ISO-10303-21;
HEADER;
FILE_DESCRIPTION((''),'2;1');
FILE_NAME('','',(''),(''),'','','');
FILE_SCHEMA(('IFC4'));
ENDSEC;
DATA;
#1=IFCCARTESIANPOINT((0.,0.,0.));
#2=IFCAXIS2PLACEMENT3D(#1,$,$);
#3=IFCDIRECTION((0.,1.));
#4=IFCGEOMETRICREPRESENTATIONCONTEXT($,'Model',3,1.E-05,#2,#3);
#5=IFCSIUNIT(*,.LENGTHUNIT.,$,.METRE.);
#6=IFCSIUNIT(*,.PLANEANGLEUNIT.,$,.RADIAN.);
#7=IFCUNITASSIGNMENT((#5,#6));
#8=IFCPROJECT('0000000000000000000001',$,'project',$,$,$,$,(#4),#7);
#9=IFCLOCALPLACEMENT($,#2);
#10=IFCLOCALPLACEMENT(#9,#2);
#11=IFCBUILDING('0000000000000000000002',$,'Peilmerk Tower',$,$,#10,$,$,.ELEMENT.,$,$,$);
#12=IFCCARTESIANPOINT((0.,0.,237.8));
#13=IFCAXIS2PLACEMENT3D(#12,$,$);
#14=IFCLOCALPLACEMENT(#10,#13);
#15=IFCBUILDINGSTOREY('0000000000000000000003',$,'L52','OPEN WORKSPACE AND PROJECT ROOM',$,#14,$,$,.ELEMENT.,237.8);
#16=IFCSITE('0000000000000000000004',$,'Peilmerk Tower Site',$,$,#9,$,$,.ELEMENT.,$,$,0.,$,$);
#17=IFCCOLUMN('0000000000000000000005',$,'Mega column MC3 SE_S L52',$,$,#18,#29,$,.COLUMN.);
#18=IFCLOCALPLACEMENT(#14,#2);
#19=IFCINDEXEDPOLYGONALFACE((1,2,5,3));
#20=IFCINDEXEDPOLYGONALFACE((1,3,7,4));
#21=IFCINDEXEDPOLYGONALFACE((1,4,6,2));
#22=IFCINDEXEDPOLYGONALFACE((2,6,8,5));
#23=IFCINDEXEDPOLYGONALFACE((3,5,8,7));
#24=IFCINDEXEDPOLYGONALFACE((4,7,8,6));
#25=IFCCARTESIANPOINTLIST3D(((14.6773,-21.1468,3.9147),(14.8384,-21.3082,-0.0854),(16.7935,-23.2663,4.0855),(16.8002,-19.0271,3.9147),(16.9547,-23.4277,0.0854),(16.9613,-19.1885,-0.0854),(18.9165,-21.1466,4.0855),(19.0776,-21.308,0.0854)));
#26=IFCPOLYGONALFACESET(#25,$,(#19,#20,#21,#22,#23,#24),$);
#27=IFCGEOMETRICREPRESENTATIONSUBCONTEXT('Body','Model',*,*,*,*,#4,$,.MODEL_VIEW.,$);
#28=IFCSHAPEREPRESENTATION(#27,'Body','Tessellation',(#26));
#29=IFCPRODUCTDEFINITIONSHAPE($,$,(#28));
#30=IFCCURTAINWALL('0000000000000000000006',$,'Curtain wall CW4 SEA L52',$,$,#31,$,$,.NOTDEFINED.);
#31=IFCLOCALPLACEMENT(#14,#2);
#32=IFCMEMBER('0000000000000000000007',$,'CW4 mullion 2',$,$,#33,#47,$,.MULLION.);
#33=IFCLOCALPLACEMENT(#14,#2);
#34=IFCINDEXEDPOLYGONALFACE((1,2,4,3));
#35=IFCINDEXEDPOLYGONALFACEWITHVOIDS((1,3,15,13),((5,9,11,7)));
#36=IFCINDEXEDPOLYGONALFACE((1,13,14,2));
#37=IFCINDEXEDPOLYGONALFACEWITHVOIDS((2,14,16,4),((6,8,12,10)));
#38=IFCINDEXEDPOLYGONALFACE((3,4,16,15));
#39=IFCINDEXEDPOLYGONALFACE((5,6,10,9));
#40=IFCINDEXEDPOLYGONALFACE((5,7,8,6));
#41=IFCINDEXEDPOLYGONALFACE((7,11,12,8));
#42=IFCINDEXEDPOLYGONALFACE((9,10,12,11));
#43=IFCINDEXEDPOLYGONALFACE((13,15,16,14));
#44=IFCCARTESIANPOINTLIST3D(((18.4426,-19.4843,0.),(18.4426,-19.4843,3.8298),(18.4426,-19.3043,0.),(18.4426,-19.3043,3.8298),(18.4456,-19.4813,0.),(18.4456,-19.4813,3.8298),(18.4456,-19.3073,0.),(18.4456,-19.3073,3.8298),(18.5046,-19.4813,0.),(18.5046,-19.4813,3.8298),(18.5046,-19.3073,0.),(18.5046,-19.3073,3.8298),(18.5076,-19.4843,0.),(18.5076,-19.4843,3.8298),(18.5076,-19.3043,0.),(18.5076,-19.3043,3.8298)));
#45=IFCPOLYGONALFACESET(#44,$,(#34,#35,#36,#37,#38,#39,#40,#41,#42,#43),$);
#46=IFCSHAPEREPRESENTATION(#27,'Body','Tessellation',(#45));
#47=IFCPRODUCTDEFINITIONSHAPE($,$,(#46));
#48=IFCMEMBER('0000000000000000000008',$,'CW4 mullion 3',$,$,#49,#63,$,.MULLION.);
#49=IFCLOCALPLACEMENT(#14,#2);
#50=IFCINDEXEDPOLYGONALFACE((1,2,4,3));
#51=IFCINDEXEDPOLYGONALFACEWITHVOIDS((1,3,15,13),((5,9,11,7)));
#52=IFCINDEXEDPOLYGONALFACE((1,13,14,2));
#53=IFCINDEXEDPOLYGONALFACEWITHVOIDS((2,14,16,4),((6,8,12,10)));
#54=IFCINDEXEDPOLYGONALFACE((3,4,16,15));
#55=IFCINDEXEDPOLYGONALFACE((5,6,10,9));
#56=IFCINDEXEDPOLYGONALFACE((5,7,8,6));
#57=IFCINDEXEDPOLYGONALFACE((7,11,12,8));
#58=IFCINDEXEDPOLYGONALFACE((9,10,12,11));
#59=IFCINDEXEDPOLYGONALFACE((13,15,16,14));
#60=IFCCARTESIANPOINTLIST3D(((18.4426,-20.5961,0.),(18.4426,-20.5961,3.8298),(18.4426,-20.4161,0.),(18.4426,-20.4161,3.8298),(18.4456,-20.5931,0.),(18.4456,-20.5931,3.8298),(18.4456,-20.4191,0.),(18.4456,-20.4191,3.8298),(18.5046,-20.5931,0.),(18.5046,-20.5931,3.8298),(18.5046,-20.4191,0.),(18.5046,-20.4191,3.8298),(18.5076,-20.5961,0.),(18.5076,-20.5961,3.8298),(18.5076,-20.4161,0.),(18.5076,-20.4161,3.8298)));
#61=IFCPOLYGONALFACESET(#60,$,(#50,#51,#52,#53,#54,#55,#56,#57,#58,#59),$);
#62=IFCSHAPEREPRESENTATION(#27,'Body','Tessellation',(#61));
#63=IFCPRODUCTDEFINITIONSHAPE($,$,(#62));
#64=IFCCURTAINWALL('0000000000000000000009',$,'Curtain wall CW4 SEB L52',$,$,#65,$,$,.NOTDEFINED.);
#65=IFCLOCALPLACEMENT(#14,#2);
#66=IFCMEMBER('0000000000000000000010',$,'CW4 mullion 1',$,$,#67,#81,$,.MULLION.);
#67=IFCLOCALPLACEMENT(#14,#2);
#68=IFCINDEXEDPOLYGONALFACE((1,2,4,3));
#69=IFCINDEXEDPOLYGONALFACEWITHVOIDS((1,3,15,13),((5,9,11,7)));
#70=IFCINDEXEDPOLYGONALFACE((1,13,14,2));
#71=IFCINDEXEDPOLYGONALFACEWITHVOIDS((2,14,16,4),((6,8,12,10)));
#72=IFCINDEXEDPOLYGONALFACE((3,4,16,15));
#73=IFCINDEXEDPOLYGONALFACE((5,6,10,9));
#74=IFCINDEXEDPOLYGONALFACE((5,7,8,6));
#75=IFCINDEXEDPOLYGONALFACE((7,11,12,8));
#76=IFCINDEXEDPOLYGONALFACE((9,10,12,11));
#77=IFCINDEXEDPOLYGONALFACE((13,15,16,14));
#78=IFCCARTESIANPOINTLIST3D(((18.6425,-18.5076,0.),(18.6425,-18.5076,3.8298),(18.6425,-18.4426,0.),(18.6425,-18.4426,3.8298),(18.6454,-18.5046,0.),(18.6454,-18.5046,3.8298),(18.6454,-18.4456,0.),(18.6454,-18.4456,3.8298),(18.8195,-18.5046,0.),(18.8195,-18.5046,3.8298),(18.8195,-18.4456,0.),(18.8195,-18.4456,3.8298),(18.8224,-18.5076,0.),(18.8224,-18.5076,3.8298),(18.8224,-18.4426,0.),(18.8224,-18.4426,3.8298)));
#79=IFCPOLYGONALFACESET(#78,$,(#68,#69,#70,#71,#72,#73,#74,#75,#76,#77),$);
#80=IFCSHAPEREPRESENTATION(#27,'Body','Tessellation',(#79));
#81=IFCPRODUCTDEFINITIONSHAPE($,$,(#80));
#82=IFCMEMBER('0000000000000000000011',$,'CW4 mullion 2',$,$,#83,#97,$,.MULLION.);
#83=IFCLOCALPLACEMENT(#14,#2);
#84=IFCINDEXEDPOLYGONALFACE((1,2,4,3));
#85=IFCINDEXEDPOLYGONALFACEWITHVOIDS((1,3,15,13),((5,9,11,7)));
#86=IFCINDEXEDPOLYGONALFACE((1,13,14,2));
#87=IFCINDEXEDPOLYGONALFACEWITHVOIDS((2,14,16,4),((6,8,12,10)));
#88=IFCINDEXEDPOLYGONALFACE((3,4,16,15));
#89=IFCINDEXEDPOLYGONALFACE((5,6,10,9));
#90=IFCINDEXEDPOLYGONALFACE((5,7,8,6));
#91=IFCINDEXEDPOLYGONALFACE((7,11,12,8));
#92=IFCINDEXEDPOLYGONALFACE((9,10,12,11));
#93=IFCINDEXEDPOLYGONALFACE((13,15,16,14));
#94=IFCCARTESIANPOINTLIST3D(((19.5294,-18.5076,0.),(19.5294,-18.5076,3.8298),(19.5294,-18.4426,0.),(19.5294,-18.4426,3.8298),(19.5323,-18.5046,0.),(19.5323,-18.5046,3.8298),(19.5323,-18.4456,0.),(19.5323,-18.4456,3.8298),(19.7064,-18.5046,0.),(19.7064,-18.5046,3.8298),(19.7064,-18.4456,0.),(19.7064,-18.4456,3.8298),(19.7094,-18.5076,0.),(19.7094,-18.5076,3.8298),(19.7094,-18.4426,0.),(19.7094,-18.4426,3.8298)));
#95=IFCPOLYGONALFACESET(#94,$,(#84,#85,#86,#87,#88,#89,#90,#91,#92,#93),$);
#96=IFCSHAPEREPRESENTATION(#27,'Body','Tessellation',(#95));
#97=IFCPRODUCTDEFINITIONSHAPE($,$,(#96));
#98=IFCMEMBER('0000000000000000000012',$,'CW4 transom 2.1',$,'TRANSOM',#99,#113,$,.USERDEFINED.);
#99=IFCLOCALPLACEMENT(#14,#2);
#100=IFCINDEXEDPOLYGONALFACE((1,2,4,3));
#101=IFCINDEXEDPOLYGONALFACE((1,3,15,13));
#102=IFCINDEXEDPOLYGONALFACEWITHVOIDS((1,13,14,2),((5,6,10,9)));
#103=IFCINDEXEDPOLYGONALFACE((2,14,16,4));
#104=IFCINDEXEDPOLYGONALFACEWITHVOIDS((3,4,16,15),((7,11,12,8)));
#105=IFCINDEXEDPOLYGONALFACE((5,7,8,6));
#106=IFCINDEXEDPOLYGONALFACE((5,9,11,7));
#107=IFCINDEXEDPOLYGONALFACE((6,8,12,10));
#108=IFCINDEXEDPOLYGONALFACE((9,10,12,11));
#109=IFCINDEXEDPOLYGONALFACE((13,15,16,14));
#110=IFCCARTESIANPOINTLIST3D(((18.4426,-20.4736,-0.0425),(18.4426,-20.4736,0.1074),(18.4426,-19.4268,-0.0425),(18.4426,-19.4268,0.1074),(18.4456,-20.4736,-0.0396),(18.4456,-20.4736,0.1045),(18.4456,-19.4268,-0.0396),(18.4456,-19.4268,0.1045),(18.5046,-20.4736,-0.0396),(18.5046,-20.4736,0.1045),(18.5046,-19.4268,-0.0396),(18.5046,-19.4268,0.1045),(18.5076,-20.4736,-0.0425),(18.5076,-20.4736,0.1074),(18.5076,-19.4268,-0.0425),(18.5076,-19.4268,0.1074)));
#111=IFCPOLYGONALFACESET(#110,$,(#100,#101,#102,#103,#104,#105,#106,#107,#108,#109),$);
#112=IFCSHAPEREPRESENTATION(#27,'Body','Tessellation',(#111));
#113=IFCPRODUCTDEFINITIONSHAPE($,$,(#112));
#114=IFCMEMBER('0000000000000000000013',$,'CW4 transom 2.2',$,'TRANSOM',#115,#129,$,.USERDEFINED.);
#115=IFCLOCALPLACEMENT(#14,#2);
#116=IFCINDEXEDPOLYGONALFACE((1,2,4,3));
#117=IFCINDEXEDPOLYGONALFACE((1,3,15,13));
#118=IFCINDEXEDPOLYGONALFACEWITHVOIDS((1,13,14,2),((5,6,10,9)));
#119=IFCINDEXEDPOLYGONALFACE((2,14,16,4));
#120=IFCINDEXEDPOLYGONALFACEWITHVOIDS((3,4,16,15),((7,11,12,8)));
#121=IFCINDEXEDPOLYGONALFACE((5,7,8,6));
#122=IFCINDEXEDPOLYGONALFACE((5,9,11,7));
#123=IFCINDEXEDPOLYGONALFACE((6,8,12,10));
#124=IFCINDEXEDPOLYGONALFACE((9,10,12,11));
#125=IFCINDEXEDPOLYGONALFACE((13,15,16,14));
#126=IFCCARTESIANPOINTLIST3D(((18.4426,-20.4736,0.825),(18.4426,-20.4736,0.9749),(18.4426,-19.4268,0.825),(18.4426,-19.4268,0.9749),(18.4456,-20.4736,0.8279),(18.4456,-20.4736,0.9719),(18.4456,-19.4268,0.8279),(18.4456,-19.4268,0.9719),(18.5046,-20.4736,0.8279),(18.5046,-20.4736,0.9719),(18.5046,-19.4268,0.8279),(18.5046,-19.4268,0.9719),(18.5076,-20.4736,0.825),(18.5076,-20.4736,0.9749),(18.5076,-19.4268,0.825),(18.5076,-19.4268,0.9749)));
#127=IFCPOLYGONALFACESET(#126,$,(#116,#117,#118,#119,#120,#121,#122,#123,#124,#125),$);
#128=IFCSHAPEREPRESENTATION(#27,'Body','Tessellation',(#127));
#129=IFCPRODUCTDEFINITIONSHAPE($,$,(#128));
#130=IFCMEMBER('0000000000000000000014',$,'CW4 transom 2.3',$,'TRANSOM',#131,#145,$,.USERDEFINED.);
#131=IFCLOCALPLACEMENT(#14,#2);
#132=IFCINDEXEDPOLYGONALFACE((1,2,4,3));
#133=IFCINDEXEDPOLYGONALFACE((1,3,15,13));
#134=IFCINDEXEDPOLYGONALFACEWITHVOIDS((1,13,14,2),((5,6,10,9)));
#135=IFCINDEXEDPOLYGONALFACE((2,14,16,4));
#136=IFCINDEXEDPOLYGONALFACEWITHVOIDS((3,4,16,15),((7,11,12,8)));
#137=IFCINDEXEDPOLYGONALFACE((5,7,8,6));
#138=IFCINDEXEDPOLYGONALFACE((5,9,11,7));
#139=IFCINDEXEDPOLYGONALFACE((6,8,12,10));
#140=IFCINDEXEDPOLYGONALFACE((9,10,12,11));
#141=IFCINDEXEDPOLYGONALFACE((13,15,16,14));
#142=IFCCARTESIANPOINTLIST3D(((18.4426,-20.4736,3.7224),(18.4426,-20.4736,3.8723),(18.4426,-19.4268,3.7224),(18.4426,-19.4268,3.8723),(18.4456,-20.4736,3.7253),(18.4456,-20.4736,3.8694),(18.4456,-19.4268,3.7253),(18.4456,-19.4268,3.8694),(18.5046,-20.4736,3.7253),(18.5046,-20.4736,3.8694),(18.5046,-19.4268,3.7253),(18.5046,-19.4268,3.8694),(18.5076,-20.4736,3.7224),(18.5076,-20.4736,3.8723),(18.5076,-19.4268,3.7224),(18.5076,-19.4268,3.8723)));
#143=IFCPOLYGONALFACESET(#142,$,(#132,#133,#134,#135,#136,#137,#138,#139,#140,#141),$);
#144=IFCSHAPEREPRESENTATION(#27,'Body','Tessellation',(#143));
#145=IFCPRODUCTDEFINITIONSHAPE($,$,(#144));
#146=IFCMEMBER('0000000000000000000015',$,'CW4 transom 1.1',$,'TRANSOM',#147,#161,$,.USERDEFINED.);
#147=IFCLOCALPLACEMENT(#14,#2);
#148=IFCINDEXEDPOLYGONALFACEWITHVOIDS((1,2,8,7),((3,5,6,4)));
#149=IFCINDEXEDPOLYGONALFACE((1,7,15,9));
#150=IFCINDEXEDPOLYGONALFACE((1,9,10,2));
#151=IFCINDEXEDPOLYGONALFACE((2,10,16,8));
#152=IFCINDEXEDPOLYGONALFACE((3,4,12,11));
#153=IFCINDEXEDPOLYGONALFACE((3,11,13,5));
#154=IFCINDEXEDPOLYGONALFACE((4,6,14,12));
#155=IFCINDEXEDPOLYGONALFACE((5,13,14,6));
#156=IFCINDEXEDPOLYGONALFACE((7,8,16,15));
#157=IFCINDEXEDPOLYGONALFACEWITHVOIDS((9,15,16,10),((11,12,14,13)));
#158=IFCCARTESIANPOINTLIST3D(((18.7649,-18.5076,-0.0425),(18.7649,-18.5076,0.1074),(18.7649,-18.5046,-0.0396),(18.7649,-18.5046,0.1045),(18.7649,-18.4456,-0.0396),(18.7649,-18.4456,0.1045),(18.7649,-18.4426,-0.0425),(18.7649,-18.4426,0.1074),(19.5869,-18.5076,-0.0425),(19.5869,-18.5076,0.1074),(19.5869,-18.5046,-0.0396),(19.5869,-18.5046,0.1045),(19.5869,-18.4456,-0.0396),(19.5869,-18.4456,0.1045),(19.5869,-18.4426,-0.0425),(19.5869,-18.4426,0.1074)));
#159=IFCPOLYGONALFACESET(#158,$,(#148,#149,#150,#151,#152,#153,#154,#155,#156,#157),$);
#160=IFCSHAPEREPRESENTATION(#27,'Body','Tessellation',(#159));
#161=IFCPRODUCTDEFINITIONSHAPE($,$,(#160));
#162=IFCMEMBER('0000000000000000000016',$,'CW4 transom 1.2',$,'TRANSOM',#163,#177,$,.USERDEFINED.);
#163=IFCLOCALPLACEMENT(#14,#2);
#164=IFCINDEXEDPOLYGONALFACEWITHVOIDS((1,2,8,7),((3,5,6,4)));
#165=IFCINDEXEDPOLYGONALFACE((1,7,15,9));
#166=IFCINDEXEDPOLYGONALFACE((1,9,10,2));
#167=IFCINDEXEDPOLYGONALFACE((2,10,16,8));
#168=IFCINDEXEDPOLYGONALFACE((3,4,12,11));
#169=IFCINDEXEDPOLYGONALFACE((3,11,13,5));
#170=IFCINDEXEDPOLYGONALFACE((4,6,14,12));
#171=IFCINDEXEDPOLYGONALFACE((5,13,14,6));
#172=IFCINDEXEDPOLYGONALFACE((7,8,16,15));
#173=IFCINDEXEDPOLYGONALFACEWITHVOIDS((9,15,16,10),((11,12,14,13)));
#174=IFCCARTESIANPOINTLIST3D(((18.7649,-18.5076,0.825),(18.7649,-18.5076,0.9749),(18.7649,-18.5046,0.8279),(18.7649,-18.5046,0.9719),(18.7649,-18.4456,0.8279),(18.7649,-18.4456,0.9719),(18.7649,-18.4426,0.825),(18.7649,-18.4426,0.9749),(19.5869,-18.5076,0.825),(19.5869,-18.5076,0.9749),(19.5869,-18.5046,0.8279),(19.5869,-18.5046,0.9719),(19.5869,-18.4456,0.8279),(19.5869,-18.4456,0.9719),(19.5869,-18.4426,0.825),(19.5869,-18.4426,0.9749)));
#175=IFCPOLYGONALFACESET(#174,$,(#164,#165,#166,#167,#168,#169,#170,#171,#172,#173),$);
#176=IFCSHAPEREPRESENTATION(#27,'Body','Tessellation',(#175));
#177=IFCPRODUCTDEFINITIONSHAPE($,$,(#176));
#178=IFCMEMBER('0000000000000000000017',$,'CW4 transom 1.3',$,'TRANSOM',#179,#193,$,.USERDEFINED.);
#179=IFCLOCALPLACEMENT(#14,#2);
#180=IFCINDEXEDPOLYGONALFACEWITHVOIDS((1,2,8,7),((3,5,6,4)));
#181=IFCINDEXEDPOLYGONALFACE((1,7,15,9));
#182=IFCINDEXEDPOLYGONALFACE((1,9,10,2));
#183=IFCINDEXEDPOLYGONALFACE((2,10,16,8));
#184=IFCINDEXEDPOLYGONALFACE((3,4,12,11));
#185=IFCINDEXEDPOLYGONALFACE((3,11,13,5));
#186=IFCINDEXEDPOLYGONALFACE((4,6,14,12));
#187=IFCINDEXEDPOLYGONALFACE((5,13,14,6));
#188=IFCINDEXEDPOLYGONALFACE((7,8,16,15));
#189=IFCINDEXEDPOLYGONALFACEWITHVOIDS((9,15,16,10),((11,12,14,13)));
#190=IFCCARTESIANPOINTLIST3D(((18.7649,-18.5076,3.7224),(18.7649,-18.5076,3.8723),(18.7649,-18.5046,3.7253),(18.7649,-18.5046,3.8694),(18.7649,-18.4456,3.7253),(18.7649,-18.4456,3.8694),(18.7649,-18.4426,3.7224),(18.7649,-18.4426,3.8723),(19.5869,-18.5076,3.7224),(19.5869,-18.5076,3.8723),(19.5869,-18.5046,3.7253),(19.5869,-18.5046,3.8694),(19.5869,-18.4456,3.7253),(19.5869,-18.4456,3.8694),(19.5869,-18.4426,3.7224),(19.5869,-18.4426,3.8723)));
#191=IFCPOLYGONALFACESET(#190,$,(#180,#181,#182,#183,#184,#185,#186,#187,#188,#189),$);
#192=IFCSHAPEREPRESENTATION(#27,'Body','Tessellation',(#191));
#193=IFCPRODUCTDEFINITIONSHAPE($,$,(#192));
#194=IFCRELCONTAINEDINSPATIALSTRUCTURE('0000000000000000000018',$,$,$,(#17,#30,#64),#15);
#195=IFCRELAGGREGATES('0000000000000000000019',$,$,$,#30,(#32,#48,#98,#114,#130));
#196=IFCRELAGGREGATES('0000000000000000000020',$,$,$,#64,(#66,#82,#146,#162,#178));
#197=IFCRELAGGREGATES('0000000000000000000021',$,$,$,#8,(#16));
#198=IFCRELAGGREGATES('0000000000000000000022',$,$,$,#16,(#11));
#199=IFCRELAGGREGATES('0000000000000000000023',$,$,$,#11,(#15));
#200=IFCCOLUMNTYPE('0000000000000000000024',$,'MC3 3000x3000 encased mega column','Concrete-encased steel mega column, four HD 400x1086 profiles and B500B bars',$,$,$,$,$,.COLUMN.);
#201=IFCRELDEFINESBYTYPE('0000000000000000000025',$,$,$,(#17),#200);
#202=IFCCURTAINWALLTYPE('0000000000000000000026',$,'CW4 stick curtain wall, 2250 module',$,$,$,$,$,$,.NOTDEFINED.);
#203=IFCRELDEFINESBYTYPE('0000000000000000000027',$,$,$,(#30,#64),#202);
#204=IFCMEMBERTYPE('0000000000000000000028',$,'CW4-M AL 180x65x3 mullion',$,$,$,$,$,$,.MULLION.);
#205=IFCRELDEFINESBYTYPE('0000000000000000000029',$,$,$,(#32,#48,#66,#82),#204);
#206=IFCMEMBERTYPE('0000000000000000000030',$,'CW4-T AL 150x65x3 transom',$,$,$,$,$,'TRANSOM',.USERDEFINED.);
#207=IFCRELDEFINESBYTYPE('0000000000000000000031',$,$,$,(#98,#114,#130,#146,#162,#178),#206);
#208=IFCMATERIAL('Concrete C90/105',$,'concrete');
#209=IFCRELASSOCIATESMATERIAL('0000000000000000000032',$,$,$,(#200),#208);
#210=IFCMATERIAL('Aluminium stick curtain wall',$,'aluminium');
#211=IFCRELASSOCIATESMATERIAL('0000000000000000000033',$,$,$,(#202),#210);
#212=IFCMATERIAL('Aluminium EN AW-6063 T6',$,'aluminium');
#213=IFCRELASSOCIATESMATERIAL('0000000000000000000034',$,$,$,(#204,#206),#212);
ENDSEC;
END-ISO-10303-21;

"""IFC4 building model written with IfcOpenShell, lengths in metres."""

from ifc_helpers import new_model, si_unit, direction, frame, origin, origin_2d, place, context, subcontext, project, spatial, rectangle, hollow_rectangle, extrude, material, material_profile, profile_set, type_object, element, aggregate, save


model = new_model("IFC4")

# Units and contexts
model_context = context("Model", 3, precision=1e-05, world=origin(), true_north=direction((0.0, 1.0)))
body_context = subcontext(model_context, "Body", "Model", "MODEL_VIEW")
ifc_project = project(units=[si_unit("LENGTHUNIT", "METRE"), si_unit("PLANEANGLEUNIT", "RADIAN")], contexts=[model_context])

# Site, building, storey
site_placement = place(None, origin())
site = spatial("IfcSite", under=ifc_project, at=site_placement, Name="Peilmerk Tower Site", CompositionType="ELEMENT", RefElevation=0.0)
building_placement = place(site_placement, origin())
building = spatial("IfcBuilding", under=site, at=building_placement, Name="Peilmerk Tower", CompositionType="ELEMENT")
storey_placement = place(building_placement, frame((0.0, 0.0, 237.8)))
storey = spatial("IfcBuildingStorey", under=building, at=storey_placement, Name="L52", Description="OPEN WORKSPACE AND PROJECT ROOM", CompositionType="ELEMENT", Elevation=237.8)

# Column
ifc_material_1 = material(Name="Concrete C90/105", Category="concrete")
ifc_material_profile_1 = material_profile(ifc_material_1, rectangle(XDim=3.0, YDim=3.0, at=origin_2d()), Name="RC 3000x3000")
ifc_profile_set_1 = profile_set([ifc_material_profile_1], Name="Concrete C90/105")
column_type = type_object("IfcColumnType", Name="MC3 3000x3000 encased mega column", Description="Concrete-encased steel mega column, four HD 400x1086 profiles and B500B bars", PredefinedType="COLUMN", material=ifc_profile_set_1)
column_placement = place(storey_placement, frame((16.958, -21.3081, 0.0), z_axis=(-0.040218, 0.040279, 0.998379), x_axis=(-0.707642, -0.706571, 0.0)))
element("IfcColumn", 1, at=column_placement, inside=storey, type_object=column_type, Name="Mega column MC3 SE_S L52", PredefinedType="COLUMN", context=body_context, shape_type="SweptSolid", body=[
    extrude(rectangle(XDim=3.0, YDim=3.0, at=origin_2d()), origin(), (0.0, 0.0, 1.0), 4.0066),
])

# Curtain walls, members
ifc_material_2 = material(Name="Aluminium stick curtain wall", Category="aluminium")
curtain_wall_type = type_object("IfcCurtainWallType", Name="CW4 stick curtain wall, 2250 module", PredefinedType="NOTDEFINED", material=ifc_material_2)
curtain_wall_1_placement = place(storey_placement, origin())
curtain_wall_1 = element("IfcCurtainWall", 2, at=curtain_wall_1_placement, inside=storey, type_object=curtain_wall_type, Name="Curtain wall CW4 SEA L52", PredefinedType="NOTDEFINED")
ifc_material_3 = material(Name="Aluminium EN AW-6063 T6", Category="aluminium")
ifc_material_profile_2 = material_profile(ifc_material_3, hollow_rectangle(XDim=0.0649, YDim=0.1799, WallThickness=0.0029, at=origin_2d()), Name="AL 180x65x3")
ifc_profile_set_2 = profile_set([ifc_material_profile_2], Name="Aluminium EN AW-6063 T6")
member_type_1 = type_object("IfcMemberType", Name="CW4-M AL 180x65x3 mullion", PredefinedType="MULLION", material=ifc_profile_set_2)
member_1_placement = place(storey_placement, frame((18.4751, -19.3943, 0.0), z_axis=(0.0, 0.0, 1.0), x_axis=(1.0, 0.0, 0.0)))
member_1 = element("IfcMember", 3, at=member_1_placement, type_object=member_type_1, Name="CW4 mullion 2", PredefinedType="MULLION", context=body_context, shape_type="SweptSolid", body=[
    extrude(hollow_rectangle(XDim=0.0649, YDim=0.1799, WallThickness=0.0029, at=origin_2d()), origin(), (0.0, 0.0, 1.0), 3.8298),
])
member_2_placement = place(storey_placement, frame((18.4751, -20.5061, 0.0), z_axis=(0.0, 0.0, 1.0), x_axis=(1.0, 0.0, 0.0)))
member_2 = element("IfcMember", 4, at=member_2_placement, type_object=member_type_1, Name="CW4 mullion 3", PredefinedType="MULLION", context=body_context, shape_type="SweptSolid", body=[
    extrude(hollow_rectangle(XDim=0.0649, YDim=0.1799, WallThickness=0.0029, at=origin_2d()), origin(), (0.0, 0.0, 1.0), 3.8298),
])
curtain_wall_2_placement = place(storey_placement, origin())
curtain_wall_2 = element("IfcCurtainWall", 5, at=curtain_wall_2_placement, inside=storey, type_object=curtain_wall_type, Name="Curtain wall CW4 SEB L52", PredefinedType="NOTDEFINED")
member_3_placement = place(storey_placement, frame((18.7324, -18.4751, 0.0), z_axis=(0.0, 0.0, 1.0), x_axis=(0.0, 1.0, 0.0)))
member_3 = element("IfcMember", 6, at=member_3_placement, type_object=member_type_1, Name="CW4 mullion 1", PredefinedType="MULLION", context=body_context, shape_type="SweptSolid", body=[
    extrude(hollow_rectangle(XDim=0.0649, YDim=0.1799, WallThickness=0.0029, at=origin_2d()), origin(), (0.0, 0.0, 1.0), 3.8298),
])
member_4_placement = place(storey_placement, frame((19.6194, -18.4751, 0.0), z_axis=(0.0, 0.0, 1.0), x_axis=(0.0, 1.0, 0.0)))
member_4 = element("IfcMember", 7, at=member_4_placement, type_object=member_type_1, Name="CW4 mullion 2", PredefinedType="MULLION", context=body_context, shape_type="SweptSolid", body=[
    extrude(hollow_rectangle(XDim=0.0649, YDim=0.1799, WallThickness=0.0029, at=origin_2d()), origin(), (0.0, 0.0, 1.0), 3.8298),
])

# Members
ifc_material_profile_3 = material_profile(ifc_material_3, hollow_rectangle(XDim=0.0649, YDim=0.1499, WallThickness=0.0029, at=origin_2d()), Name="AL 150x65x3")
ifc_profile_set_3 = profile_set([ifc_material_profile_3], Name="Aluminium EN AW-6063 T6")
member_type_2 = type_object("IfcMemberType", Name="CW4-T AL 150x65x3 transom", ElementType="TRANSOM", PredefinedType="USERDEFINED", material=ifc_profile_set_3)
member_5_placement = place(storey_placement, frame((18.4751, -19.4268, 0.0325), z_axis=(0.0, -1.0, 0.0), x_axis=(1.0, 0.0, 0.0)))
member_5 = element("IfcMember", 8, at=member_5_placement, type_object=member_type_2, Name="CW4 transom 2.1", ObjectType="TRANSOM", PredefinedType="USERDEFINED", context=body_context, shape_type="SweptSolid", body=[
    extrude(hollow_rectangle(XDim=0.0649, YDim=0.1499, WallThickness=0.0029, at=origin_2d()), origin(), (0.0, 0.0, 1.0), 1.0469),
])
member_6_placement = place(storey_placement, frame((18.4751, -19.4268, 0.8999), z_axis=(0.0, -1.0, 0.0), x_axis=(1.0, 0.0, 0.0)))
member_6 = element("IfcMember", 9, at=member_6_placement, type_object=member_type_2, Name="CW4 transom 2.2", ObjectType="TRANSOM", PredefinedType="USERDEFINED", context=body_context, shape_type="SweptSolid", body=[
    extrude(hollow_rectangle(XDim=0.0649, YDim=0.1499, WallThickness=0.0029, at=origin_2d()), origin(), (0.0, 0.0, 1.0), 1.0469),
])
member_7_placement = place(storey_placement, frame((18.4751, -19.4268, 3.7974), z_axis=(0.0, -1.0, 0.0), x_axis=(1.0, 0.0, 0.0)))
member_7 = element("IfcMember", 10, at=member_7_placement, type_object=member_type_2, Name="CW4 transom 2.3", ObjectType="TRANSOM", PredefinedType="USERDEFINED", context=body_context, shape_type="SweptSolid", body=[
    extrude(hollow_rectangle(XDim=0.0649, YDim=0.1499, WallThickness=0.0029, at=origin_2d()), origin(), (0.0, 0.0, 1.0), 1.0469),
])
member_8_placement = place(storey_placement, frame((18.7649, -18.4751, 0.0325), z_axis=(1.0, 0.0, 0.0), x_axis=(0.0, 1.0, 0.0)))
member_8 = element("IfcMember", 11, at=member_8_placement, type_object=member_type_2, Name="CW4 transom 1.1", ObjectType="TRANSOM", PredefinedType="USERDEFINED", context=body_context, shape_type="SweptSolid", body=[
    extrude(hollow_rectangle(XDim=0.0649, YDim=0.1499, WallThickness=0.0029, at=origin_2d()), origin(), (0.0, 0.0, 1.0), 0.822),
])
member_9_placement = place(storey_placement, frame((18.7649, -18.4751, 0.8999), z_axis=(1.0, 0.0, 0.0), x_axis=(0.0, 1.0, 0.0)))
member_9 = element("IfcMember", 12, at=member_9_placement, type_object=member_type_2, Name="CW4 transom 1.2", ObjectType="TRANSOM", PredefinedType="USERDEFINED", context=body_context, shape_type="SweptSolid", body=[
    extrude(hollow_rectangle(XDim=0.0649, YDim=0.1499, WallThickness=0.0029, at=origin_2d()), origin(), (0.0, 0.0, 1.0), 0.822),
])
member_10_placement = place(storey_placement, frame((18.7649, -18.4751, 3.7974), z_axis=(1.0, 0.0, 0.0), x_axis=(0.0, 1.0, 0.0)))
member_10 = element("IfcMember", 13, at=member_10_placement, type_object=member_type_2, Name="CW4 transom 1.3", ObjectType="TRANSOM", PredefinedType="USERDEFINED", context=body_context, shape_type="SweptSolid", body=[
    extrude(hollow_rectangle(XDim=0.0649, YDim=0.1499, WallThickness=0.0029, at=origin_2d()), origin(), (0.0, 0.0, 1.0), 0.822),
])

aggregate(curtain_wall_1, [member_1, member_2, member_5, member_6, member_7])
aggregate(curtain_wall_2, [member_3, member_4, member_8, member_9, member_10])

save(model, "model.ifc")
